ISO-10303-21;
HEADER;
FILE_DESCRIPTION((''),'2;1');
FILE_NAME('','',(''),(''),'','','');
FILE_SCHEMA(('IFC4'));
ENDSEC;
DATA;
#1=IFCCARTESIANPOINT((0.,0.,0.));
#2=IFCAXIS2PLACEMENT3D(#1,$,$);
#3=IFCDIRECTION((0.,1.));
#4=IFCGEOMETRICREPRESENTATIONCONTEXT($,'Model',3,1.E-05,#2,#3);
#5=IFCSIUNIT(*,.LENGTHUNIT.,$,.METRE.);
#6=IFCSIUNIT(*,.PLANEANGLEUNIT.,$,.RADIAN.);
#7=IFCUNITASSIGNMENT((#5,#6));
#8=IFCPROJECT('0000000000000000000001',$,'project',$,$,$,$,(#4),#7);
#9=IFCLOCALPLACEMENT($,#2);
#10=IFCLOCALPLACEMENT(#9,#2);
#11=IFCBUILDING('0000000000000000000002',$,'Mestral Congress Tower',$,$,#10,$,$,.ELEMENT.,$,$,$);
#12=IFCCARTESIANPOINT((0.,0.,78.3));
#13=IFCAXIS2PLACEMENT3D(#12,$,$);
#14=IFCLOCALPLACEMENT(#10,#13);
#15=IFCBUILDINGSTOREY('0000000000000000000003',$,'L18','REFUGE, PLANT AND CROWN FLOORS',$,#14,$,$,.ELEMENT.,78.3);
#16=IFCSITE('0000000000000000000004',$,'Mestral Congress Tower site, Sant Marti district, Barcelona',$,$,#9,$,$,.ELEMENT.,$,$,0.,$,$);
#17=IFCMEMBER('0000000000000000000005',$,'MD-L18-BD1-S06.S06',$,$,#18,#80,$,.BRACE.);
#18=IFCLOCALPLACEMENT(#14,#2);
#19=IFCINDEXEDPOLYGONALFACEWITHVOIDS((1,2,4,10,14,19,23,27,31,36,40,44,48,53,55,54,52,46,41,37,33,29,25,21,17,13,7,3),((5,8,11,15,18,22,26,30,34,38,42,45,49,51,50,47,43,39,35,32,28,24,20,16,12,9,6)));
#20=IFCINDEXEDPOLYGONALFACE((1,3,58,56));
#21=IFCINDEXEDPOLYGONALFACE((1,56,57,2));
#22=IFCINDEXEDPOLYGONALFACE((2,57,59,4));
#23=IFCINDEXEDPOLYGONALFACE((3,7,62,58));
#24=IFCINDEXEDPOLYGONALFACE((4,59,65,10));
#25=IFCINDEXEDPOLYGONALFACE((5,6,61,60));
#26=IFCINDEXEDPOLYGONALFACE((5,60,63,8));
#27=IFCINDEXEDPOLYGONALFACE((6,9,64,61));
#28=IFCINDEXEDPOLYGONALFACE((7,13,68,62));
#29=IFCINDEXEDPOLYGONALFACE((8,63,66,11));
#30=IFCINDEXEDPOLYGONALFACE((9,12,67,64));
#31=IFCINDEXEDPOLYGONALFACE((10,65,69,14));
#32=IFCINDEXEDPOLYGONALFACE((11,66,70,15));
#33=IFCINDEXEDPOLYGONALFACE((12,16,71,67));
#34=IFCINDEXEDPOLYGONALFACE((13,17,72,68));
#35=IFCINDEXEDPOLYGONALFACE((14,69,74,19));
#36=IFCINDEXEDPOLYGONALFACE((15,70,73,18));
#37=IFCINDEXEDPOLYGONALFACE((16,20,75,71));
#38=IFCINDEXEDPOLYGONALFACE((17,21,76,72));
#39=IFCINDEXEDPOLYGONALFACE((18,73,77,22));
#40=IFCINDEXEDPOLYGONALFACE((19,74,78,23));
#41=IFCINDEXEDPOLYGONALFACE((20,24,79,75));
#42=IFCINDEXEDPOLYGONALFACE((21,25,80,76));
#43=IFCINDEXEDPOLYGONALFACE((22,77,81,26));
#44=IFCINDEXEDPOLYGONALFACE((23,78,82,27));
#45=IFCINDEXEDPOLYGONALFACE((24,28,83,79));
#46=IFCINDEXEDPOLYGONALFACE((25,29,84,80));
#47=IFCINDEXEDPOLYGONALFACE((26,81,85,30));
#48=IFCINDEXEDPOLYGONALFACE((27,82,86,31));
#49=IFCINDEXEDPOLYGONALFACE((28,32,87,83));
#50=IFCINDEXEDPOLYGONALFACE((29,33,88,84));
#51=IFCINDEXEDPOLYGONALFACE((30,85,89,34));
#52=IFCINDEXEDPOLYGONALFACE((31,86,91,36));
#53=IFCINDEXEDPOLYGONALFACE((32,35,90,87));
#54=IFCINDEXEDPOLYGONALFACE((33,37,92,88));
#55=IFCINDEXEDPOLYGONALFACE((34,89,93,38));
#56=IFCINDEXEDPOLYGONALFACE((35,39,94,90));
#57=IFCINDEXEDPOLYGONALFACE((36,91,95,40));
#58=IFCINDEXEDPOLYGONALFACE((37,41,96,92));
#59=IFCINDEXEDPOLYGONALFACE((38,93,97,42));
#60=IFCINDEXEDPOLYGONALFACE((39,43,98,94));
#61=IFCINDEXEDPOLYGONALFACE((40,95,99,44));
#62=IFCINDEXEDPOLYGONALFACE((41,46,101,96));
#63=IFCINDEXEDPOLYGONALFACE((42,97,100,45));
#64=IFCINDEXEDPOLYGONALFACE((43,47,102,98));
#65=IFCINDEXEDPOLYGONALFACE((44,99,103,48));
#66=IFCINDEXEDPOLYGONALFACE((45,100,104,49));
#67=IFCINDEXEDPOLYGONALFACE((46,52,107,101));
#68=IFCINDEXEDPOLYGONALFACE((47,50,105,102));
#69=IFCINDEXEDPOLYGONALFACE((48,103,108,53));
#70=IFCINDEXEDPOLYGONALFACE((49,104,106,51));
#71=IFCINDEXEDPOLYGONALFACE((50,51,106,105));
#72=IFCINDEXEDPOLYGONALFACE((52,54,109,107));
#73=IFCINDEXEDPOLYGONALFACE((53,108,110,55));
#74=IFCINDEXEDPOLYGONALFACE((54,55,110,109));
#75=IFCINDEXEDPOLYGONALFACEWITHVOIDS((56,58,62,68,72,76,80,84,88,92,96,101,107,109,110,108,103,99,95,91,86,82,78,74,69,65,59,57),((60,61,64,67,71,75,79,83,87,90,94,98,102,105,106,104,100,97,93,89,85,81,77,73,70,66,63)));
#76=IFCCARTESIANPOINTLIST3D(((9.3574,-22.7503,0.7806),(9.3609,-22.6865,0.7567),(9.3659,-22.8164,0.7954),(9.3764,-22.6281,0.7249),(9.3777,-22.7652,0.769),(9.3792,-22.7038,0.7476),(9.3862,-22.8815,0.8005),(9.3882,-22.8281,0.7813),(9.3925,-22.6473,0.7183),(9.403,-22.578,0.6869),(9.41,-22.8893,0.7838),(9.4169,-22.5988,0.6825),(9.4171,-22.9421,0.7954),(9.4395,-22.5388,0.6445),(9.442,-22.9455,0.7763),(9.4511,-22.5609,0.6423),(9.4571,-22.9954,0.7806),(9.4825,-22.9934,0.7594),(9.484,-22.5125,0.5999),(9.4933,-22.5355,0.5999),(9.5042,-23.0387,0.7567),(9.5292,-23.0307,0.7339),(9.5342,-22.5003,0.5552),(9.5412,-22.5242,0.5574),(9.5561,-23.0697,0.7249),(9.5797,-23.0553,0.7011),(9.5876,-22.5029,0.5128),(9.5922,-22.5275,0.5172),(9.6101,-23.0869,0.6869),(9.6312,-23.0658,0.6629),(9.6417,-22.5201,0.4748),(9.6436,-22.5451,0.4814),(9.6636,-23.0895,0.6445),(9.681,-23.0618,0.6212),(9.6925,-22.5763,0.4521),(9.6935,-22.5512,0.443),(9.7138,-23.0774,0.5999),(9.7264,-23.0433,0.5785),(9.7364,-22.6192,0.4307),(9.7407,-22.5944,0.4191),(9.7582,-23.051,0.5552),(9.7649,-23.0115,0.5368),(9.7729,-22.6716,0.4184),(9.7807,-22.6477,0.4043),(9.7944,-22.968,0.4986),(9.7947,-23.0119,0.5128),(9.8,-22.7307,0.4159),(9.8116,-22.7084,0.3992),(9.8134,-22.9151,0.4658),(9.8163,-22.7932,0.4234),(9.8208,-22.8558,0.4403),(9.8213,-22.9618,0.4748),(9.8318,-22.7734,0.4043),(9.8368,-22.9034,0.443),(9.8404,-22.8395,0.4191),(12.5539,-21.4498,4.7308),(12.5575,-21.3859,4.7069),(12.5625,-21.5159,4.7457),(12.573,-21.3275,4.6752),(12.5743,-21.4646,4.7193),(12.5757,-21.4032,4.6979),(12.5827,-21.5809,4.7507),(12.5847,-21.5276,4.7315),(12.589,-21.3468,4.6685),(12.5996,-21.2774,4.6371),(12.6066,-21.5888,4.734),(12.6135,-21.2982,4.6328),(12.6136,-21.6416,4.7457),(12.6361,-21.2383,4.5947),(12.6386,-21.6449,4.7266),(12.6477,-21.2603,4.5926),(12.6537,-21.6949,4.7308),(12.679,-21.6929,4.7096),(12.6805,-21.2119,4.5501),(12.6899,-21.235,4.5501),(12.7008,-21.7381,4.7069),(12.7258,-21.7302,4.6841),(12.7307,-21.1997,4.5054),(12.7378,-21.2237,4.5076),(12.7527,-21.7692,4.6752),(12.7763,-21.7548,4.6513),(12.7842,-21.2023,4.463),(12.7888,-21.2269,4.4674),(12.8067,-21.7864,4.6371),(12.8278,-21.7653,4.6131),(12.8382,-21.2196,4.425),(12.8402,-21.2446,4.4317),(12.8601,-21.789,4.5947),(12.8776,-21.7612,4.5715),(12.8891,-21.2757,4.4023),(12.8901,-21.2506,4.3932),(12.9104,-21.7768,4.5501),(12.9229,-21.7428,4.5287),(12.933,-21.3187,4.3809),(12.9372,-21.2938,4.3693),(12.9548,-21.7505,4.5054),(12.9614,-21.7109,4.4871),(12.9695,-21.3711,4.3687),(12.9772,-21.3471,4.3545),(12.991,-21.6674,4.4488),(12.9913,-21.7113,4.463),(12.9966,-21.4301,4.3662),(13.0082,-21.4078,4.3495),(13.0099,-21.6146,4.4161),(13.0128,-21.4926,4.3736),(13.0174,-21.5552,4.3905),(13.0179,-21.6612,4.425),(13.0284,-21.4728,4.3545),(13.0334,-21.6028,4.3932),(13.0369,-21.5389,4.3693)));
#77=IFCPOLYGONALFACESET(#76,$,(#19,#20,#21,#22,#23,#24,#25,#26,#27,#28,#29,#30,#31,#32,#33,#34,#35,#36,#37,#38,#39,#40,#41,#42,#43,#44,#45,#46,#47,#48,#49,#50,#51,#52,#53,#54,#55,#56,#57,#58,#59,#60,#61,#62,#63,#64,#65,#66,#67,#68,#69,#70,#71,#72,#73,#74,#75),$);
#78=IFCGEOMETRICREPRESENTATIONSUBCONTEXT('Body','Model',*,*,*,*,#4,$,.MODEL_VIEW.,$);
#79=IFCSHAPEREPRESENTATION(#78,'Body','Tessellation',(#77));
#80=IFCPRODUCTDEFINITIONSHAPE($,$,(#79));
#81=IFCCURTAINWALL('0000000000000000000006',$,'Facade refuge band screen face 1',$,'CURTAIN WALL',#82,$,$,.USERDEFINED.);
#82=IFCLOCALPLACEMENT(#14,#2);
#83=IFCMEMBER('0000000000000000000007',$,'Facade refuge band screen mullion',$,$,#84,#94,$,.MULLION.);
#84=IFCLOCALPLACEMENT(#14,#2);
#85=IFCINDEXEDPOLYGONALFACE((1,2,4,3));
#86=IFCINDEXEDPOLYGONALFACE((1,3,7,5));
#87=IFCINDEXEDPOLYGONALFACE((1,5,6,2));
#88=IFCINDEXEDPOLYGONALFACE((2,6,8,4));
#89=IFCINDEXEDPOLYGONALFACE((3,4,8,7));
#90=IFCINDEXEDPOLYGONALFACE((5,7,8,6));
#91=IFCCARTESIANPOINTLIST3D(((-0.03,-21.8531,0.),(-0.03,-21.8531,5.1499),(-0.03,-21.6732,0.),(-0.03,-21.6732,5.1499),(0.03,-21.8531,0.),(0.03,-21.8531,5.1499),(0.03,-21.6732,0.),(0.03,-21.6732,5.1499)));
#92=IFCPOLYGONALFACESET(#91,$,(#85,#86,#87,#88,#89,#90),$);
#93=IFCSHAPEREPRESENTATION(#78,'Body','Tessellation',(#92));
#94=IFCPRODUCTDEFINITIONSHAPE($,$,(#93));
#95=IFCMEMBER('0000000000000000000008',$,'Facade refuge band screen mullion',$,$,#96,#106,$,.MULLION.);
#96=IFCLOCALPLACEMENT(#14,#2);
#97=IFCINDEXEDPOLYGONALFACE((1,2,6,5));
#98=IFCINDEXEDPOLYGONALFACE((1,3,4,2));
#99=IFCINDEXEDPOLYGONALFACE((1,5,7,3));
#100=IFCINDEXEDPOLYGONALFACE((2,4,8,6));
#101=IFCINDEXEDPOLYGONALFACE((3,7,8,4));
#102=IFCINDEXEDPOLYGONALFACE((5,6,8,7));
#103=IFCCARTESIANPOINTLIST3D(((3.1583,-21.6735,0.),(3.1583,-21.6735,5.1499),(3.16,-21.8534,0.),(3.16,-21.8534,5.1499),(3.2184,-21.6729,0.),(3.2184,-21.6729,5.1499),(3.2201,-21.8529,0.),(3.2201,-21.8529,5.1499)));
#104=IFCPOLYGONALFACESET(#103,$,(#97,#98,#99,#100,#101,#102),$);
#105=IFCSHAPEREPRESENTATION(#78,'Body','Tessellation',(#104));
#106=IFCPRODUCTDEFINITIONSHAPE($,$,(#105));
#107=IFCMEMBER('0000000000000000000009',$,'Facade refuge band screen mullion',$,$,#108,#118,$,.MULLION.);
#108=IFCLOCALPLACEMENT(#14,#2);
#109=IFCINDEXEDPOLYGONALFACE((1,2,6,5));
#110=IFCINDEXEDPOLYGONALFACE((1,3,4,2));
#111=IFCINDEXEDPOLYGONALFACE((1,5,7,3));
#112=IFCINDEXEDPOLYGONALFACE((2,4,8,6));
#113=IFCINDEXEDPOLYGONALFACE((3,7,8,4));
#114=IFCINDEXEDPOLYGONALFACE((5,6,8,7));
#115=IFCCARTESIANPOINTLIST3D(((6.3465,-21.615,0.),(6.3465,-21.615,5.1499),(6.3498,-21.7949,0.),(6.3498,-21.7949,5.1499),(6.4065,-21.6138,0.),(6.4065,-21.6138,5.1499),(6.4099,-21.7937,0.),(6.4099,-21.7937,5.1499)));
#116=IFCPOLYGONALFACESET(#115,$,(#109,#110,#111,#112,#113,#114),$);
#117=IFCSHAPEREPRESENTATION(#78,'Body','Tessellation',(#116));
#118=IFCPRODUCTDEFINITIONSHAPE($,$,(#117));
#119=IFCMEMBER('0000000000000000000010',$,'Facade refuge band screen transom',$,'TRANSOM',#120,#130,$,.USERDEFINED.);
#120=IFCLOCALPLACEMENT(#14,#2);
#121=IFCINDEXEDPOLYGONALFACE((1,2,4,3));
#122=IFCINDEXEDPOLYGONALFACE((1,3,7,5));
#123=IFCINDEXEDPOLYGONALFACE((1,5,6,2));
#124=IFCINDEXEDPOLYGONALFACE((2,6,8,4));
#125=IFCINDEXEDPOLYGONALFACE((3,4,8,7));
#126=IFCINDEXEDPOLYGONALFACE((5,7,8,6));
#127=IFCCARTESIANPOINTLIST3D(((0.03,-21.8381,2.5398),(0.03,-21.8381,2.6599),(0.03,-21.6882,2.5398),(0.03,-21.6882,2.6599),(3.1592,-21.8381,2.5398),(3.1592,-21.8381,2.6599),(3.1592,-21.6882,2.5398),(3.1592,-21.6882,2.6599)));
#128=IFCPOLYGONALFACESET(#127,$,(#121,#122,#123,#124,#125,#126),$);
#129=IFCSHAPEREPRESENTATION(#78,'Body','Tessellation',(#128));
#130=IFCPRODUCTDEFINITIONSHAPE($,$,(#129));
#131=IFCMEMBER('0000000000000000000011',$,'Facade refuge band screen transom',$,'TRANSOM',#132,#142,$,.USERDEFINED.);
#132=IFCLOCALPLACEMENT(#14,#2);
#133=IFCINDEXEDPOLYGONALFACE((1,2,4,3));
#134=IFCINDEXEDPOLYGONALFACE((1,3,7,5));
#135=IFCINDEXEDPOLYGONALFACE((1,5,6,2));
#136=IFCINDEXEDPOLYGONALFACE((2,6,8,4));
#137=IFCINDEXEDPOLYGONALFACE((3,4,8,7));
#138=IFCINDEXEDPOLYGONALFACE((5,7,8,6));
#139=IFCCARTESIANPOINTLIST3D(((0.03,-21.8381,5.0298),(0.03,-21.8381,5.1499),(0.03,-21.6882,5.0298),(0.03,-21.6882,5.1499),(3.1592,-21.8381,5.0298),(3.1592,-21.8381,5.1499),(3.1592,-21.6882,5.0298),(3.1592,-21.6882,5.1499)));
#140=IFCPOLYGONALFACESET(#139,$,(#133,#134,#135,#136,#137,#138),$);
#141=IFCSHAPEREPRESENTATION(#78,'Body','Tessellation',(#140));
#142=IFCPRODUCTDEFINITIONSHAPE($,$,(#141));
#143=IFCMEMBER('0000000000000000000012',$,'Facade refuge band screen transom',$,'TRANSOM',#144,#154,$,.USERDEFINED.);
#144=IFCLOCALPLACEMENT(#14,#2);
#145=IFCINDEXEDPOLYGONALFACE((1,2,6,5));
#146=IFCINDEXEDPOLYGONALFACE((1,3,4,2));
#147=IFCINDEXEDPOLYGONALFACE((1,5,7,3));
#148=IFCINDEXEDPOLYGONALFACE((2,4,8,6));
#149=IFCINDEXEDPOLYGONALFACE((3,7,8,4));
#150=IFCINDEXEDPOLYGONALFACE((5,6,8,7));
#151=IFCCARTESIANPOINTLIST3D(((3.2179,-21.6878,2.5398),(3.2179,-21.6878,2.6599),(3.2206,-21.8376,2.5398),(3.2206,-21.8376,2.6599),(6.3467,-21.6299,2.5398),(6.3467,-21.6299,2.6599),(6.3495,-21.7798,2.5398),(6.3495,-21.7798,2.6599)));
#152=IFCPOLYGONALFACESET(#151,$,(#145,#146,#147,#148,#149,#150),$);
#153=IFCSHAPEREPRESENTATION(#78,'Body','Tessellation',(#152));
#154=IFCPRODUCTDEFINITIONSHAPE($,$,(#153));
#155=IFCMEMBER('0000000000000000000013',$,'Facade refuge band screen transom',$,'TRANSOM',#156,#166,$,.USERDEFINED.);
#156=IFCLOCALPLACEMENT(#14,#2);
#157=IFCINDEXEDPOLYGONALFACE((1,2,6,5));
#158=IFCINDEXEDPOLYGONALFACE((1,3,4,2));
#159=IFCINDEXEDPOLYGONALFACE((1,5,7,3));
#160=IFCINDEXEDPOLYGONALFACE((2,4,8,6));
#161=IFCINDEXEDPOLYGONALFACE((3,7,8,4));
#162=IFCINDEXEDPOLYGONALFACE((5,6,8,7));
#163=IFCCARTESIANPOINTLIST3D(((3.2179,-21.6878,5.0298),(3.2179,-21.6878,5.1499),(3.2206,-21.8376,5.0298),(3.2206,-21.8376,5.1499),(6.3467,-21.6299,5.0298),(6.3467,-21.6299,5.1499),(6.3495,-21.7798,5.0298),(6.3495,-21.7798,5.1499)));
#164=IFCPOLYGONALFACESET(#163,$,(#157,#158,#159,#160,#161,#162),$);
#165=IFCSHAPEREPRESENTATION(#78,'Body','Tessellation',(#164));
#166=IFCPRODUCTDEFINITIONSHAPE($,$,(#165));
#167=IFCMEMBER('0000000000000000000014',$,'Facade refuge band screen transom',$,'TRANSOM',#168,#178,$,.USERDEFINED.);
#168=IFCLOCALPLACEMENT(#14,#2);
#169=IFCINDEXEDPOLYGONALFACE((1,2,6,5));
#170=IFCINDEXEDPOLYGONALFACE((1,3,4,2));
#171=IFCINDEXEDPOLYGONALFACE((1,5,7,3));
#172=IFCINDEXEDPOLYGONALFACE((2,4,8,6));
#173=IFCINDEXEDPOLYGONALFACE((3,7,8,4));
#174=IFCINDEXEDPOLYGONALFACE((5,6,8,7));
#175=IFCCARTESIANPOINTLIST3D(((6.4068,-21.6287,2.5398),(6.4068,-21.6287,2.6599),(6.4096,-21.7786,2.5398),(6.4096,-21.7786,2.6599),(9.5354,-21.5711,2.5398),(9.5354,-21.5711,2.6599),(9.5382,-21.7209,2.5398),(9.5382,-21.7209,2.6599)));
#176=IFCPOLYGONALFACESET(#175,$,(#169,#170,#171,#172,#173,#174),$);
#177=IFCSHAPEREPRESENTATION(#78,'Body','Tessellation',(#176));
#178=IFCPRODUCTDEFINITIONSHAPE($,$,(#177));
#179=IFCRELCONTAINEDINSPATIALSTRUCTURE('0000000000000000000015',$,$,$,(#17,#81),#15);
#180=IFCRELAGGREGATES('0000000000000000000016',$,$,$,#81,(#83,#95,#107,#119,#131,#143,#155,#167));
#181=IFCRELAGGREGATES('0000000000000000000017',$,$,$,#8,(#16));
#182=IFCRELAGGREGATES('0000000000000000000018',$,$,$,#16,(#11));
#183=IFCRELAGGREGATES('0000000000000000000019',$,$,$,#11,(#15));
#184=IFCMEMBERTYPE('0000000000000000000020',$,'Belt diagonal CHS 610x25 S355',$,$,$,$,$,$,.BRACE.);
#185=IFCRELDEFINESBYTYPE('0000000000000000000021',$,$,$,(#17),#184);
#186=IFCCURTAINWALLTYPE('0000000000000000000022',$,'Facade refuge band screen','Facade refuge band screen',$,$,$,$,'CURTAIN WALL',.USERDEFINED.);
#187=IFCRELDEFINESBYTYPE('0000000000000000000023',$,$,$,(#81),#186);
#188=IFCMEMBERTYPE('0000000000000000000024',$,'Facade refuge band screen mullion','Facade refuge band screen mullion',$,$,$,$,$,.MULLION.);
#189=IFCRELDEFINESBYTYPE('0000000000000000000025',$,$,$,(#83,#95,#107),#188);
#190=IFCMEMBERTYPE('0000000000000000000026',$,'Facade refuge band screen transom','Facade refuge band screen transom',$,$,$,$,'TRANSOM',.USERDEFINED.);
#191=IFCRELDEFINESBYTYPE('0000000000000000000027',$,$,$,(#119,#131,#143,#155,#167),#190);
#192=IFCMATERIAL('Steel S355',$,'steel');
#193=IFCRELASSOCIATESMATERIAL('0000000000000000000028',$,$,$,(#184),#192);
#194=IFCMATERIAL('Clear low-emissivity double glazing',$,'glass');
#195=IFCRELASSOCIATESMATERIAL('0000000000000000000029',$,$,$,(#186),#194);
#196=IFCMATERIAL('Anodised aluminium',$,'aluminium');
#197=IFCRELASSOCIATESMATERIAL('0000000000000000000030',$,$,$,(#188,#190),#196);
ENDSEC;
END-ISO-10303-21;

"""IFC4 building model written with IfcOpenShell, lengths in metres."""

from ifc_helpers import new_model, si_unit, direction, frame, origin, origin_2d, place, context, subcontext, project, spatial, rectangle, hollow_circle, extrude, material, material_profile, profile_set, type_object, element, aggregate, save


model = new_model("IFC4")

# Units and contexts
model_context = context("Model", 3, precision=1e-05, world=origin(), true_north=direction((0.0, 1.0)))
body_context = subcontext(model_context, "Body", "Model", "MODEL_VIEW")
ifc_project = project(units=[si_unit("LENGTHUNIT", "METRE"), si_unit("PLANEANGLEUNIT", "RADIAN")], contexts=[model_context])

# Site, building, storey
site_placement = place(None, origin())
site = spatial("IfcSite", under=ifc_project, at=site_placement, Name="Mestral Congress Tower site, Sant Marti district, Barcelona", CompositionType="ELEMENT", RefElevation=0.0)
building_placement = place(site_placement, origin())
building = spatial("IfcBuilding", under=site, at=building_placement, Name="Mestral Congress Tower", CompositionType="ELEMENT")
storey_placement = place(building_placement, frame((0.0, 0.0, 78.3)))
storey = spatial("IfcBuildingStorey", under=building, at=storey_placement, Name="L18", Description="REFUGE, PLANT AND CROWN FLOORS", CompositionType="ELEMENT", Elevation=78.3)

# Member
ifc_material_1 = material(Name="Steel S355", Category="steel")
ifc_material_profile_1 = material_profile(ifc_material_1, hollow_circle(Radius=0.3049, WallThickness=0.0249, at=origin_2d()), Name="CHS 610x25")
ifc_profile_set_1 = profile_set([ifc_material_profile_1], Name="Steel S355")
member_type_1 = type_object("IfcMemberType", Name="Belt diagonal CHS 610x25 S355", PredefinedType="BRACE", material=ifc_profile_set_1)
member_1_placement = place(storey_placement, frame((9.5989, -22.7949, 0.5999), z_axis=(0.609408, 0.247943, 0.753091), x_axis=(-0.376861, 0.92627, 0.0)))
element("IfcMember", 1, at=member_1_placement, inside=storey, type_object=member_type_1, Name="MD-L18-BD1-S06.S06", PredefinedType="BRACE", context=body_context, shape_type="SweptSolid", body=[
    extrude(hollow_circle(Radius=0.3049, WallThickness=0.0249, at=origin_2d()), origin(), (0.0, 0.0, 1.0), 5.2454),
])

# Curtain wall, members
ifc_material_2 = material(Name="Clear low-emissivity double glazing", Category="glass")
curtain_wall_type = type_object("IfcCurtainWallType", Name="Facade refuge band screen", Description="Facade refuge band screen", ElementType="CURTAIN WALL", PredefinedType="USERDEFINED", material=ifc_material_2)
curtain_wall_placement = place(storey_placement, origin())
curtain_wall = element("IfcCurtainWall", 2, at=curtain_wall_placement, inside=storey, type_object=curtain_wall_type, Name="Facade refuge band screen face 1", ObjectType="CURTAIN WALL", PredefinedType="USERDEFINED")
ifc_material_3 = material(Name="Anodised aluminium", Category="aluminium")
ifc_material_profile_2 = material_profile(ifc_material_3, rectangle(XDim=0.1799, YDim=0.0601, at=origin_2d()), Name="CW3 mullion 180 x 60")
ifc_profile_set_2 = profile_set([ifc_material_profile_2], Name="Anodised aluminium")
member_type_2 = type_object("IfcMemberType", Name="Facade refuge band screen mullion", Description="Facade refuge band screen mullion", PredefinedType="MULLION", material=ifc_profile_set_2)
member_2_placement = place(storey_placement, frame((0.0, -21.7632, 0.0), z_axis=(0.0, 0.0, 1.0), x_axis=(0.0, -1.0, 0.0)))
member_2 = element("IfcMember", 3, at=member_2_placement, type_object=member_type_2, Name="Facade refuge band screen mullion", PredefinedType="MULLION", context=body_context, shape_type="SweptSolid", body=[
    extrude(rectangle(XDim=0.1799, YDim=0.0601, at=origin_2d()), origin(), (0.0, 0.0, 1.0), 5.1499),
])
member_3_placement = place(storey_placement, frame((3.1892, -21.7632, 0.0), z_axis=(0.0, 0.0, 1.0), x_axis=(0.009243, -0.999957, 0.0)))
member_3 = element("IfcMember", 4, at=member_3_placement, type_object=member_type_2, Name="Facade refuge band screen mullion", PredefinedType="MULLION", context=body_context, shape_type="SweptSolid", body=[
    extrude(rectangle(XDim=0.1799, YDim=0.0601, at=origin_2d()), origin(), (0.0, 0.0, 1.0), 5.1499),
])
member_4_placement = place(storey_placement, frame((6.3782, -21.7043, 0.0), z_axis=(0.0, 0.0, 1.0), x_axis=(0.018485, -0.999829, 0.0)))
member_4 = element("IfcMember", 5, at=member_4_placement, type_object=member_type_2, Name="Facade refuge band screen mullion", PredefinedType="MULLION", context=body_context, shape_type="SweptSolid", body=[
    extrude(rectangle(XDim=0.1799, YDim=0.0601, at=origin_2d()), origin(), (0.0, 0.0, 1.0), 5.1499),
])
ifc_material_profile_3 = material_profile(ifc_material_3, rectangle(XDim=0.1499, YDim=0.1201, at=origin_2d()), Name="CW3 transom 150 x 120")
ifc_profile_set_3 = profile_set([ifc_material_profile_3], Name="Anodised aluminium")
member_type_3 = type_object("IfcMemberType", Name="Facade refuge band screen transom", Description="Facade refuge band screen transom", ElementType="TRANSOM", PredefinedType="USERDEFINED", material=ifc_profile_set_3)
member_5_placement = place(storey_placement, frame((0.03, -21.7632, 2.5999), z_axis=(1.0, 0.0, 0.0), x_axis=(0.0, 1.0, 0.0)))
member_5 = element("IfcMember", 6, at=member_5_placement, type_object=member_type_3, Name="Facade refuge band screen transom", ObjectType="TRANSOM", PredefinedType="USERDEFINED", context=body_context, shape_type="SweptSolid", body=[
    extrude(rectangle(XDim=0.1499, YDim=0.1201, at=origin_2d()), origin(), (0.0, 0.0, 1.0), 3.1292),
])
member_6_placement = place(storey_placement, frame((0.03, -21.7632, 5.0898), z_axis=(1.0, 0.0, 0.0), x_axis=(0.0, 1.0, 0.0)))
member_6 = element("IfcMember", 7, at=member_6_placement, type_object=member_type_3, Name="Facade refuge band screen transom", ObjectType="TRANSOM", PredefinedType="USERDEFINED", context=body_context, shape_type="SweptSolid", body=[
    extrude(rectangle(XDim=0.1499, YDim=0.1201, at=origin_2d()), origin(), (0.0, 0.0, 1.0), 3.1292),
])
member_7_placement = place(storey_placement, frame((3.2192, -21.7627, 2.5999), z_axis=(0.999829, 0.018489, 0.0), x_axis=(-0.018489, 0.999829, 0.0)))
member_7 = element("IfcMember", 8, at=member_7_placement, type_object=member_type_3, Name="Facade refuge band screen transom", ObjectType="TRANSOM", PredefinedType="USERDEFINED", context=body_context, shape_type="SweptSolid", body=[
    extrude(rectangle(XDim=0.1499, YDim=0.1201, at=origin_2d()), origin(), (0.0, 0.0, 1.0), 3.1294),
])
member_8_placement = place(storey_placement, frame((3.2192, -21.7627, 5.0898), z_axis=(0.999829, 0.018489, 0.0), x_axis=(-0.018489, 0.999829, 0.0)))
member_8 = element("IfcMember", 9, at=member_8_placement, type_object=member_type_3, Name="Facade refuge band screen transom", ObjectType="TRANSOM", PredefinedType="USERDEFINED", context=body_context, shape_type="SweptSolid", body=[
    extrude(rectangle(XDim=0.1499, YDim=0.1201, at=origin_2d()), origin(), (0.0, 0.0, 1.0), 3.1294),
])
member_9_placement = place(storey_placement, frame((6.4082, -21.7036, 2.5999), z_axis=(0.99983, 0.018413, 0.0), x_axis=(-0.018413, 0.99983, 0.0)))
member_9 = element("IfcMember", 10, at=member_9_placement, type_object=member_type_3, Name="Facade refuge band screen transom", ObjectType="TRANSOM", PredefinedType="USERDEFINED", context=body_context, shape_type="SweptSolid", body=[
    extrude(rectangle(XDim=0.1499, YDim=0.1201, at=origin_2d()), origin(), (0.0, 0.0, 1.0), 3.1292),
])

aggregate(curtain_wall, [member_2, member_3, member_4, member_5, member_6, member_7, member_8, member_9])

save(model, "model.ifc")
